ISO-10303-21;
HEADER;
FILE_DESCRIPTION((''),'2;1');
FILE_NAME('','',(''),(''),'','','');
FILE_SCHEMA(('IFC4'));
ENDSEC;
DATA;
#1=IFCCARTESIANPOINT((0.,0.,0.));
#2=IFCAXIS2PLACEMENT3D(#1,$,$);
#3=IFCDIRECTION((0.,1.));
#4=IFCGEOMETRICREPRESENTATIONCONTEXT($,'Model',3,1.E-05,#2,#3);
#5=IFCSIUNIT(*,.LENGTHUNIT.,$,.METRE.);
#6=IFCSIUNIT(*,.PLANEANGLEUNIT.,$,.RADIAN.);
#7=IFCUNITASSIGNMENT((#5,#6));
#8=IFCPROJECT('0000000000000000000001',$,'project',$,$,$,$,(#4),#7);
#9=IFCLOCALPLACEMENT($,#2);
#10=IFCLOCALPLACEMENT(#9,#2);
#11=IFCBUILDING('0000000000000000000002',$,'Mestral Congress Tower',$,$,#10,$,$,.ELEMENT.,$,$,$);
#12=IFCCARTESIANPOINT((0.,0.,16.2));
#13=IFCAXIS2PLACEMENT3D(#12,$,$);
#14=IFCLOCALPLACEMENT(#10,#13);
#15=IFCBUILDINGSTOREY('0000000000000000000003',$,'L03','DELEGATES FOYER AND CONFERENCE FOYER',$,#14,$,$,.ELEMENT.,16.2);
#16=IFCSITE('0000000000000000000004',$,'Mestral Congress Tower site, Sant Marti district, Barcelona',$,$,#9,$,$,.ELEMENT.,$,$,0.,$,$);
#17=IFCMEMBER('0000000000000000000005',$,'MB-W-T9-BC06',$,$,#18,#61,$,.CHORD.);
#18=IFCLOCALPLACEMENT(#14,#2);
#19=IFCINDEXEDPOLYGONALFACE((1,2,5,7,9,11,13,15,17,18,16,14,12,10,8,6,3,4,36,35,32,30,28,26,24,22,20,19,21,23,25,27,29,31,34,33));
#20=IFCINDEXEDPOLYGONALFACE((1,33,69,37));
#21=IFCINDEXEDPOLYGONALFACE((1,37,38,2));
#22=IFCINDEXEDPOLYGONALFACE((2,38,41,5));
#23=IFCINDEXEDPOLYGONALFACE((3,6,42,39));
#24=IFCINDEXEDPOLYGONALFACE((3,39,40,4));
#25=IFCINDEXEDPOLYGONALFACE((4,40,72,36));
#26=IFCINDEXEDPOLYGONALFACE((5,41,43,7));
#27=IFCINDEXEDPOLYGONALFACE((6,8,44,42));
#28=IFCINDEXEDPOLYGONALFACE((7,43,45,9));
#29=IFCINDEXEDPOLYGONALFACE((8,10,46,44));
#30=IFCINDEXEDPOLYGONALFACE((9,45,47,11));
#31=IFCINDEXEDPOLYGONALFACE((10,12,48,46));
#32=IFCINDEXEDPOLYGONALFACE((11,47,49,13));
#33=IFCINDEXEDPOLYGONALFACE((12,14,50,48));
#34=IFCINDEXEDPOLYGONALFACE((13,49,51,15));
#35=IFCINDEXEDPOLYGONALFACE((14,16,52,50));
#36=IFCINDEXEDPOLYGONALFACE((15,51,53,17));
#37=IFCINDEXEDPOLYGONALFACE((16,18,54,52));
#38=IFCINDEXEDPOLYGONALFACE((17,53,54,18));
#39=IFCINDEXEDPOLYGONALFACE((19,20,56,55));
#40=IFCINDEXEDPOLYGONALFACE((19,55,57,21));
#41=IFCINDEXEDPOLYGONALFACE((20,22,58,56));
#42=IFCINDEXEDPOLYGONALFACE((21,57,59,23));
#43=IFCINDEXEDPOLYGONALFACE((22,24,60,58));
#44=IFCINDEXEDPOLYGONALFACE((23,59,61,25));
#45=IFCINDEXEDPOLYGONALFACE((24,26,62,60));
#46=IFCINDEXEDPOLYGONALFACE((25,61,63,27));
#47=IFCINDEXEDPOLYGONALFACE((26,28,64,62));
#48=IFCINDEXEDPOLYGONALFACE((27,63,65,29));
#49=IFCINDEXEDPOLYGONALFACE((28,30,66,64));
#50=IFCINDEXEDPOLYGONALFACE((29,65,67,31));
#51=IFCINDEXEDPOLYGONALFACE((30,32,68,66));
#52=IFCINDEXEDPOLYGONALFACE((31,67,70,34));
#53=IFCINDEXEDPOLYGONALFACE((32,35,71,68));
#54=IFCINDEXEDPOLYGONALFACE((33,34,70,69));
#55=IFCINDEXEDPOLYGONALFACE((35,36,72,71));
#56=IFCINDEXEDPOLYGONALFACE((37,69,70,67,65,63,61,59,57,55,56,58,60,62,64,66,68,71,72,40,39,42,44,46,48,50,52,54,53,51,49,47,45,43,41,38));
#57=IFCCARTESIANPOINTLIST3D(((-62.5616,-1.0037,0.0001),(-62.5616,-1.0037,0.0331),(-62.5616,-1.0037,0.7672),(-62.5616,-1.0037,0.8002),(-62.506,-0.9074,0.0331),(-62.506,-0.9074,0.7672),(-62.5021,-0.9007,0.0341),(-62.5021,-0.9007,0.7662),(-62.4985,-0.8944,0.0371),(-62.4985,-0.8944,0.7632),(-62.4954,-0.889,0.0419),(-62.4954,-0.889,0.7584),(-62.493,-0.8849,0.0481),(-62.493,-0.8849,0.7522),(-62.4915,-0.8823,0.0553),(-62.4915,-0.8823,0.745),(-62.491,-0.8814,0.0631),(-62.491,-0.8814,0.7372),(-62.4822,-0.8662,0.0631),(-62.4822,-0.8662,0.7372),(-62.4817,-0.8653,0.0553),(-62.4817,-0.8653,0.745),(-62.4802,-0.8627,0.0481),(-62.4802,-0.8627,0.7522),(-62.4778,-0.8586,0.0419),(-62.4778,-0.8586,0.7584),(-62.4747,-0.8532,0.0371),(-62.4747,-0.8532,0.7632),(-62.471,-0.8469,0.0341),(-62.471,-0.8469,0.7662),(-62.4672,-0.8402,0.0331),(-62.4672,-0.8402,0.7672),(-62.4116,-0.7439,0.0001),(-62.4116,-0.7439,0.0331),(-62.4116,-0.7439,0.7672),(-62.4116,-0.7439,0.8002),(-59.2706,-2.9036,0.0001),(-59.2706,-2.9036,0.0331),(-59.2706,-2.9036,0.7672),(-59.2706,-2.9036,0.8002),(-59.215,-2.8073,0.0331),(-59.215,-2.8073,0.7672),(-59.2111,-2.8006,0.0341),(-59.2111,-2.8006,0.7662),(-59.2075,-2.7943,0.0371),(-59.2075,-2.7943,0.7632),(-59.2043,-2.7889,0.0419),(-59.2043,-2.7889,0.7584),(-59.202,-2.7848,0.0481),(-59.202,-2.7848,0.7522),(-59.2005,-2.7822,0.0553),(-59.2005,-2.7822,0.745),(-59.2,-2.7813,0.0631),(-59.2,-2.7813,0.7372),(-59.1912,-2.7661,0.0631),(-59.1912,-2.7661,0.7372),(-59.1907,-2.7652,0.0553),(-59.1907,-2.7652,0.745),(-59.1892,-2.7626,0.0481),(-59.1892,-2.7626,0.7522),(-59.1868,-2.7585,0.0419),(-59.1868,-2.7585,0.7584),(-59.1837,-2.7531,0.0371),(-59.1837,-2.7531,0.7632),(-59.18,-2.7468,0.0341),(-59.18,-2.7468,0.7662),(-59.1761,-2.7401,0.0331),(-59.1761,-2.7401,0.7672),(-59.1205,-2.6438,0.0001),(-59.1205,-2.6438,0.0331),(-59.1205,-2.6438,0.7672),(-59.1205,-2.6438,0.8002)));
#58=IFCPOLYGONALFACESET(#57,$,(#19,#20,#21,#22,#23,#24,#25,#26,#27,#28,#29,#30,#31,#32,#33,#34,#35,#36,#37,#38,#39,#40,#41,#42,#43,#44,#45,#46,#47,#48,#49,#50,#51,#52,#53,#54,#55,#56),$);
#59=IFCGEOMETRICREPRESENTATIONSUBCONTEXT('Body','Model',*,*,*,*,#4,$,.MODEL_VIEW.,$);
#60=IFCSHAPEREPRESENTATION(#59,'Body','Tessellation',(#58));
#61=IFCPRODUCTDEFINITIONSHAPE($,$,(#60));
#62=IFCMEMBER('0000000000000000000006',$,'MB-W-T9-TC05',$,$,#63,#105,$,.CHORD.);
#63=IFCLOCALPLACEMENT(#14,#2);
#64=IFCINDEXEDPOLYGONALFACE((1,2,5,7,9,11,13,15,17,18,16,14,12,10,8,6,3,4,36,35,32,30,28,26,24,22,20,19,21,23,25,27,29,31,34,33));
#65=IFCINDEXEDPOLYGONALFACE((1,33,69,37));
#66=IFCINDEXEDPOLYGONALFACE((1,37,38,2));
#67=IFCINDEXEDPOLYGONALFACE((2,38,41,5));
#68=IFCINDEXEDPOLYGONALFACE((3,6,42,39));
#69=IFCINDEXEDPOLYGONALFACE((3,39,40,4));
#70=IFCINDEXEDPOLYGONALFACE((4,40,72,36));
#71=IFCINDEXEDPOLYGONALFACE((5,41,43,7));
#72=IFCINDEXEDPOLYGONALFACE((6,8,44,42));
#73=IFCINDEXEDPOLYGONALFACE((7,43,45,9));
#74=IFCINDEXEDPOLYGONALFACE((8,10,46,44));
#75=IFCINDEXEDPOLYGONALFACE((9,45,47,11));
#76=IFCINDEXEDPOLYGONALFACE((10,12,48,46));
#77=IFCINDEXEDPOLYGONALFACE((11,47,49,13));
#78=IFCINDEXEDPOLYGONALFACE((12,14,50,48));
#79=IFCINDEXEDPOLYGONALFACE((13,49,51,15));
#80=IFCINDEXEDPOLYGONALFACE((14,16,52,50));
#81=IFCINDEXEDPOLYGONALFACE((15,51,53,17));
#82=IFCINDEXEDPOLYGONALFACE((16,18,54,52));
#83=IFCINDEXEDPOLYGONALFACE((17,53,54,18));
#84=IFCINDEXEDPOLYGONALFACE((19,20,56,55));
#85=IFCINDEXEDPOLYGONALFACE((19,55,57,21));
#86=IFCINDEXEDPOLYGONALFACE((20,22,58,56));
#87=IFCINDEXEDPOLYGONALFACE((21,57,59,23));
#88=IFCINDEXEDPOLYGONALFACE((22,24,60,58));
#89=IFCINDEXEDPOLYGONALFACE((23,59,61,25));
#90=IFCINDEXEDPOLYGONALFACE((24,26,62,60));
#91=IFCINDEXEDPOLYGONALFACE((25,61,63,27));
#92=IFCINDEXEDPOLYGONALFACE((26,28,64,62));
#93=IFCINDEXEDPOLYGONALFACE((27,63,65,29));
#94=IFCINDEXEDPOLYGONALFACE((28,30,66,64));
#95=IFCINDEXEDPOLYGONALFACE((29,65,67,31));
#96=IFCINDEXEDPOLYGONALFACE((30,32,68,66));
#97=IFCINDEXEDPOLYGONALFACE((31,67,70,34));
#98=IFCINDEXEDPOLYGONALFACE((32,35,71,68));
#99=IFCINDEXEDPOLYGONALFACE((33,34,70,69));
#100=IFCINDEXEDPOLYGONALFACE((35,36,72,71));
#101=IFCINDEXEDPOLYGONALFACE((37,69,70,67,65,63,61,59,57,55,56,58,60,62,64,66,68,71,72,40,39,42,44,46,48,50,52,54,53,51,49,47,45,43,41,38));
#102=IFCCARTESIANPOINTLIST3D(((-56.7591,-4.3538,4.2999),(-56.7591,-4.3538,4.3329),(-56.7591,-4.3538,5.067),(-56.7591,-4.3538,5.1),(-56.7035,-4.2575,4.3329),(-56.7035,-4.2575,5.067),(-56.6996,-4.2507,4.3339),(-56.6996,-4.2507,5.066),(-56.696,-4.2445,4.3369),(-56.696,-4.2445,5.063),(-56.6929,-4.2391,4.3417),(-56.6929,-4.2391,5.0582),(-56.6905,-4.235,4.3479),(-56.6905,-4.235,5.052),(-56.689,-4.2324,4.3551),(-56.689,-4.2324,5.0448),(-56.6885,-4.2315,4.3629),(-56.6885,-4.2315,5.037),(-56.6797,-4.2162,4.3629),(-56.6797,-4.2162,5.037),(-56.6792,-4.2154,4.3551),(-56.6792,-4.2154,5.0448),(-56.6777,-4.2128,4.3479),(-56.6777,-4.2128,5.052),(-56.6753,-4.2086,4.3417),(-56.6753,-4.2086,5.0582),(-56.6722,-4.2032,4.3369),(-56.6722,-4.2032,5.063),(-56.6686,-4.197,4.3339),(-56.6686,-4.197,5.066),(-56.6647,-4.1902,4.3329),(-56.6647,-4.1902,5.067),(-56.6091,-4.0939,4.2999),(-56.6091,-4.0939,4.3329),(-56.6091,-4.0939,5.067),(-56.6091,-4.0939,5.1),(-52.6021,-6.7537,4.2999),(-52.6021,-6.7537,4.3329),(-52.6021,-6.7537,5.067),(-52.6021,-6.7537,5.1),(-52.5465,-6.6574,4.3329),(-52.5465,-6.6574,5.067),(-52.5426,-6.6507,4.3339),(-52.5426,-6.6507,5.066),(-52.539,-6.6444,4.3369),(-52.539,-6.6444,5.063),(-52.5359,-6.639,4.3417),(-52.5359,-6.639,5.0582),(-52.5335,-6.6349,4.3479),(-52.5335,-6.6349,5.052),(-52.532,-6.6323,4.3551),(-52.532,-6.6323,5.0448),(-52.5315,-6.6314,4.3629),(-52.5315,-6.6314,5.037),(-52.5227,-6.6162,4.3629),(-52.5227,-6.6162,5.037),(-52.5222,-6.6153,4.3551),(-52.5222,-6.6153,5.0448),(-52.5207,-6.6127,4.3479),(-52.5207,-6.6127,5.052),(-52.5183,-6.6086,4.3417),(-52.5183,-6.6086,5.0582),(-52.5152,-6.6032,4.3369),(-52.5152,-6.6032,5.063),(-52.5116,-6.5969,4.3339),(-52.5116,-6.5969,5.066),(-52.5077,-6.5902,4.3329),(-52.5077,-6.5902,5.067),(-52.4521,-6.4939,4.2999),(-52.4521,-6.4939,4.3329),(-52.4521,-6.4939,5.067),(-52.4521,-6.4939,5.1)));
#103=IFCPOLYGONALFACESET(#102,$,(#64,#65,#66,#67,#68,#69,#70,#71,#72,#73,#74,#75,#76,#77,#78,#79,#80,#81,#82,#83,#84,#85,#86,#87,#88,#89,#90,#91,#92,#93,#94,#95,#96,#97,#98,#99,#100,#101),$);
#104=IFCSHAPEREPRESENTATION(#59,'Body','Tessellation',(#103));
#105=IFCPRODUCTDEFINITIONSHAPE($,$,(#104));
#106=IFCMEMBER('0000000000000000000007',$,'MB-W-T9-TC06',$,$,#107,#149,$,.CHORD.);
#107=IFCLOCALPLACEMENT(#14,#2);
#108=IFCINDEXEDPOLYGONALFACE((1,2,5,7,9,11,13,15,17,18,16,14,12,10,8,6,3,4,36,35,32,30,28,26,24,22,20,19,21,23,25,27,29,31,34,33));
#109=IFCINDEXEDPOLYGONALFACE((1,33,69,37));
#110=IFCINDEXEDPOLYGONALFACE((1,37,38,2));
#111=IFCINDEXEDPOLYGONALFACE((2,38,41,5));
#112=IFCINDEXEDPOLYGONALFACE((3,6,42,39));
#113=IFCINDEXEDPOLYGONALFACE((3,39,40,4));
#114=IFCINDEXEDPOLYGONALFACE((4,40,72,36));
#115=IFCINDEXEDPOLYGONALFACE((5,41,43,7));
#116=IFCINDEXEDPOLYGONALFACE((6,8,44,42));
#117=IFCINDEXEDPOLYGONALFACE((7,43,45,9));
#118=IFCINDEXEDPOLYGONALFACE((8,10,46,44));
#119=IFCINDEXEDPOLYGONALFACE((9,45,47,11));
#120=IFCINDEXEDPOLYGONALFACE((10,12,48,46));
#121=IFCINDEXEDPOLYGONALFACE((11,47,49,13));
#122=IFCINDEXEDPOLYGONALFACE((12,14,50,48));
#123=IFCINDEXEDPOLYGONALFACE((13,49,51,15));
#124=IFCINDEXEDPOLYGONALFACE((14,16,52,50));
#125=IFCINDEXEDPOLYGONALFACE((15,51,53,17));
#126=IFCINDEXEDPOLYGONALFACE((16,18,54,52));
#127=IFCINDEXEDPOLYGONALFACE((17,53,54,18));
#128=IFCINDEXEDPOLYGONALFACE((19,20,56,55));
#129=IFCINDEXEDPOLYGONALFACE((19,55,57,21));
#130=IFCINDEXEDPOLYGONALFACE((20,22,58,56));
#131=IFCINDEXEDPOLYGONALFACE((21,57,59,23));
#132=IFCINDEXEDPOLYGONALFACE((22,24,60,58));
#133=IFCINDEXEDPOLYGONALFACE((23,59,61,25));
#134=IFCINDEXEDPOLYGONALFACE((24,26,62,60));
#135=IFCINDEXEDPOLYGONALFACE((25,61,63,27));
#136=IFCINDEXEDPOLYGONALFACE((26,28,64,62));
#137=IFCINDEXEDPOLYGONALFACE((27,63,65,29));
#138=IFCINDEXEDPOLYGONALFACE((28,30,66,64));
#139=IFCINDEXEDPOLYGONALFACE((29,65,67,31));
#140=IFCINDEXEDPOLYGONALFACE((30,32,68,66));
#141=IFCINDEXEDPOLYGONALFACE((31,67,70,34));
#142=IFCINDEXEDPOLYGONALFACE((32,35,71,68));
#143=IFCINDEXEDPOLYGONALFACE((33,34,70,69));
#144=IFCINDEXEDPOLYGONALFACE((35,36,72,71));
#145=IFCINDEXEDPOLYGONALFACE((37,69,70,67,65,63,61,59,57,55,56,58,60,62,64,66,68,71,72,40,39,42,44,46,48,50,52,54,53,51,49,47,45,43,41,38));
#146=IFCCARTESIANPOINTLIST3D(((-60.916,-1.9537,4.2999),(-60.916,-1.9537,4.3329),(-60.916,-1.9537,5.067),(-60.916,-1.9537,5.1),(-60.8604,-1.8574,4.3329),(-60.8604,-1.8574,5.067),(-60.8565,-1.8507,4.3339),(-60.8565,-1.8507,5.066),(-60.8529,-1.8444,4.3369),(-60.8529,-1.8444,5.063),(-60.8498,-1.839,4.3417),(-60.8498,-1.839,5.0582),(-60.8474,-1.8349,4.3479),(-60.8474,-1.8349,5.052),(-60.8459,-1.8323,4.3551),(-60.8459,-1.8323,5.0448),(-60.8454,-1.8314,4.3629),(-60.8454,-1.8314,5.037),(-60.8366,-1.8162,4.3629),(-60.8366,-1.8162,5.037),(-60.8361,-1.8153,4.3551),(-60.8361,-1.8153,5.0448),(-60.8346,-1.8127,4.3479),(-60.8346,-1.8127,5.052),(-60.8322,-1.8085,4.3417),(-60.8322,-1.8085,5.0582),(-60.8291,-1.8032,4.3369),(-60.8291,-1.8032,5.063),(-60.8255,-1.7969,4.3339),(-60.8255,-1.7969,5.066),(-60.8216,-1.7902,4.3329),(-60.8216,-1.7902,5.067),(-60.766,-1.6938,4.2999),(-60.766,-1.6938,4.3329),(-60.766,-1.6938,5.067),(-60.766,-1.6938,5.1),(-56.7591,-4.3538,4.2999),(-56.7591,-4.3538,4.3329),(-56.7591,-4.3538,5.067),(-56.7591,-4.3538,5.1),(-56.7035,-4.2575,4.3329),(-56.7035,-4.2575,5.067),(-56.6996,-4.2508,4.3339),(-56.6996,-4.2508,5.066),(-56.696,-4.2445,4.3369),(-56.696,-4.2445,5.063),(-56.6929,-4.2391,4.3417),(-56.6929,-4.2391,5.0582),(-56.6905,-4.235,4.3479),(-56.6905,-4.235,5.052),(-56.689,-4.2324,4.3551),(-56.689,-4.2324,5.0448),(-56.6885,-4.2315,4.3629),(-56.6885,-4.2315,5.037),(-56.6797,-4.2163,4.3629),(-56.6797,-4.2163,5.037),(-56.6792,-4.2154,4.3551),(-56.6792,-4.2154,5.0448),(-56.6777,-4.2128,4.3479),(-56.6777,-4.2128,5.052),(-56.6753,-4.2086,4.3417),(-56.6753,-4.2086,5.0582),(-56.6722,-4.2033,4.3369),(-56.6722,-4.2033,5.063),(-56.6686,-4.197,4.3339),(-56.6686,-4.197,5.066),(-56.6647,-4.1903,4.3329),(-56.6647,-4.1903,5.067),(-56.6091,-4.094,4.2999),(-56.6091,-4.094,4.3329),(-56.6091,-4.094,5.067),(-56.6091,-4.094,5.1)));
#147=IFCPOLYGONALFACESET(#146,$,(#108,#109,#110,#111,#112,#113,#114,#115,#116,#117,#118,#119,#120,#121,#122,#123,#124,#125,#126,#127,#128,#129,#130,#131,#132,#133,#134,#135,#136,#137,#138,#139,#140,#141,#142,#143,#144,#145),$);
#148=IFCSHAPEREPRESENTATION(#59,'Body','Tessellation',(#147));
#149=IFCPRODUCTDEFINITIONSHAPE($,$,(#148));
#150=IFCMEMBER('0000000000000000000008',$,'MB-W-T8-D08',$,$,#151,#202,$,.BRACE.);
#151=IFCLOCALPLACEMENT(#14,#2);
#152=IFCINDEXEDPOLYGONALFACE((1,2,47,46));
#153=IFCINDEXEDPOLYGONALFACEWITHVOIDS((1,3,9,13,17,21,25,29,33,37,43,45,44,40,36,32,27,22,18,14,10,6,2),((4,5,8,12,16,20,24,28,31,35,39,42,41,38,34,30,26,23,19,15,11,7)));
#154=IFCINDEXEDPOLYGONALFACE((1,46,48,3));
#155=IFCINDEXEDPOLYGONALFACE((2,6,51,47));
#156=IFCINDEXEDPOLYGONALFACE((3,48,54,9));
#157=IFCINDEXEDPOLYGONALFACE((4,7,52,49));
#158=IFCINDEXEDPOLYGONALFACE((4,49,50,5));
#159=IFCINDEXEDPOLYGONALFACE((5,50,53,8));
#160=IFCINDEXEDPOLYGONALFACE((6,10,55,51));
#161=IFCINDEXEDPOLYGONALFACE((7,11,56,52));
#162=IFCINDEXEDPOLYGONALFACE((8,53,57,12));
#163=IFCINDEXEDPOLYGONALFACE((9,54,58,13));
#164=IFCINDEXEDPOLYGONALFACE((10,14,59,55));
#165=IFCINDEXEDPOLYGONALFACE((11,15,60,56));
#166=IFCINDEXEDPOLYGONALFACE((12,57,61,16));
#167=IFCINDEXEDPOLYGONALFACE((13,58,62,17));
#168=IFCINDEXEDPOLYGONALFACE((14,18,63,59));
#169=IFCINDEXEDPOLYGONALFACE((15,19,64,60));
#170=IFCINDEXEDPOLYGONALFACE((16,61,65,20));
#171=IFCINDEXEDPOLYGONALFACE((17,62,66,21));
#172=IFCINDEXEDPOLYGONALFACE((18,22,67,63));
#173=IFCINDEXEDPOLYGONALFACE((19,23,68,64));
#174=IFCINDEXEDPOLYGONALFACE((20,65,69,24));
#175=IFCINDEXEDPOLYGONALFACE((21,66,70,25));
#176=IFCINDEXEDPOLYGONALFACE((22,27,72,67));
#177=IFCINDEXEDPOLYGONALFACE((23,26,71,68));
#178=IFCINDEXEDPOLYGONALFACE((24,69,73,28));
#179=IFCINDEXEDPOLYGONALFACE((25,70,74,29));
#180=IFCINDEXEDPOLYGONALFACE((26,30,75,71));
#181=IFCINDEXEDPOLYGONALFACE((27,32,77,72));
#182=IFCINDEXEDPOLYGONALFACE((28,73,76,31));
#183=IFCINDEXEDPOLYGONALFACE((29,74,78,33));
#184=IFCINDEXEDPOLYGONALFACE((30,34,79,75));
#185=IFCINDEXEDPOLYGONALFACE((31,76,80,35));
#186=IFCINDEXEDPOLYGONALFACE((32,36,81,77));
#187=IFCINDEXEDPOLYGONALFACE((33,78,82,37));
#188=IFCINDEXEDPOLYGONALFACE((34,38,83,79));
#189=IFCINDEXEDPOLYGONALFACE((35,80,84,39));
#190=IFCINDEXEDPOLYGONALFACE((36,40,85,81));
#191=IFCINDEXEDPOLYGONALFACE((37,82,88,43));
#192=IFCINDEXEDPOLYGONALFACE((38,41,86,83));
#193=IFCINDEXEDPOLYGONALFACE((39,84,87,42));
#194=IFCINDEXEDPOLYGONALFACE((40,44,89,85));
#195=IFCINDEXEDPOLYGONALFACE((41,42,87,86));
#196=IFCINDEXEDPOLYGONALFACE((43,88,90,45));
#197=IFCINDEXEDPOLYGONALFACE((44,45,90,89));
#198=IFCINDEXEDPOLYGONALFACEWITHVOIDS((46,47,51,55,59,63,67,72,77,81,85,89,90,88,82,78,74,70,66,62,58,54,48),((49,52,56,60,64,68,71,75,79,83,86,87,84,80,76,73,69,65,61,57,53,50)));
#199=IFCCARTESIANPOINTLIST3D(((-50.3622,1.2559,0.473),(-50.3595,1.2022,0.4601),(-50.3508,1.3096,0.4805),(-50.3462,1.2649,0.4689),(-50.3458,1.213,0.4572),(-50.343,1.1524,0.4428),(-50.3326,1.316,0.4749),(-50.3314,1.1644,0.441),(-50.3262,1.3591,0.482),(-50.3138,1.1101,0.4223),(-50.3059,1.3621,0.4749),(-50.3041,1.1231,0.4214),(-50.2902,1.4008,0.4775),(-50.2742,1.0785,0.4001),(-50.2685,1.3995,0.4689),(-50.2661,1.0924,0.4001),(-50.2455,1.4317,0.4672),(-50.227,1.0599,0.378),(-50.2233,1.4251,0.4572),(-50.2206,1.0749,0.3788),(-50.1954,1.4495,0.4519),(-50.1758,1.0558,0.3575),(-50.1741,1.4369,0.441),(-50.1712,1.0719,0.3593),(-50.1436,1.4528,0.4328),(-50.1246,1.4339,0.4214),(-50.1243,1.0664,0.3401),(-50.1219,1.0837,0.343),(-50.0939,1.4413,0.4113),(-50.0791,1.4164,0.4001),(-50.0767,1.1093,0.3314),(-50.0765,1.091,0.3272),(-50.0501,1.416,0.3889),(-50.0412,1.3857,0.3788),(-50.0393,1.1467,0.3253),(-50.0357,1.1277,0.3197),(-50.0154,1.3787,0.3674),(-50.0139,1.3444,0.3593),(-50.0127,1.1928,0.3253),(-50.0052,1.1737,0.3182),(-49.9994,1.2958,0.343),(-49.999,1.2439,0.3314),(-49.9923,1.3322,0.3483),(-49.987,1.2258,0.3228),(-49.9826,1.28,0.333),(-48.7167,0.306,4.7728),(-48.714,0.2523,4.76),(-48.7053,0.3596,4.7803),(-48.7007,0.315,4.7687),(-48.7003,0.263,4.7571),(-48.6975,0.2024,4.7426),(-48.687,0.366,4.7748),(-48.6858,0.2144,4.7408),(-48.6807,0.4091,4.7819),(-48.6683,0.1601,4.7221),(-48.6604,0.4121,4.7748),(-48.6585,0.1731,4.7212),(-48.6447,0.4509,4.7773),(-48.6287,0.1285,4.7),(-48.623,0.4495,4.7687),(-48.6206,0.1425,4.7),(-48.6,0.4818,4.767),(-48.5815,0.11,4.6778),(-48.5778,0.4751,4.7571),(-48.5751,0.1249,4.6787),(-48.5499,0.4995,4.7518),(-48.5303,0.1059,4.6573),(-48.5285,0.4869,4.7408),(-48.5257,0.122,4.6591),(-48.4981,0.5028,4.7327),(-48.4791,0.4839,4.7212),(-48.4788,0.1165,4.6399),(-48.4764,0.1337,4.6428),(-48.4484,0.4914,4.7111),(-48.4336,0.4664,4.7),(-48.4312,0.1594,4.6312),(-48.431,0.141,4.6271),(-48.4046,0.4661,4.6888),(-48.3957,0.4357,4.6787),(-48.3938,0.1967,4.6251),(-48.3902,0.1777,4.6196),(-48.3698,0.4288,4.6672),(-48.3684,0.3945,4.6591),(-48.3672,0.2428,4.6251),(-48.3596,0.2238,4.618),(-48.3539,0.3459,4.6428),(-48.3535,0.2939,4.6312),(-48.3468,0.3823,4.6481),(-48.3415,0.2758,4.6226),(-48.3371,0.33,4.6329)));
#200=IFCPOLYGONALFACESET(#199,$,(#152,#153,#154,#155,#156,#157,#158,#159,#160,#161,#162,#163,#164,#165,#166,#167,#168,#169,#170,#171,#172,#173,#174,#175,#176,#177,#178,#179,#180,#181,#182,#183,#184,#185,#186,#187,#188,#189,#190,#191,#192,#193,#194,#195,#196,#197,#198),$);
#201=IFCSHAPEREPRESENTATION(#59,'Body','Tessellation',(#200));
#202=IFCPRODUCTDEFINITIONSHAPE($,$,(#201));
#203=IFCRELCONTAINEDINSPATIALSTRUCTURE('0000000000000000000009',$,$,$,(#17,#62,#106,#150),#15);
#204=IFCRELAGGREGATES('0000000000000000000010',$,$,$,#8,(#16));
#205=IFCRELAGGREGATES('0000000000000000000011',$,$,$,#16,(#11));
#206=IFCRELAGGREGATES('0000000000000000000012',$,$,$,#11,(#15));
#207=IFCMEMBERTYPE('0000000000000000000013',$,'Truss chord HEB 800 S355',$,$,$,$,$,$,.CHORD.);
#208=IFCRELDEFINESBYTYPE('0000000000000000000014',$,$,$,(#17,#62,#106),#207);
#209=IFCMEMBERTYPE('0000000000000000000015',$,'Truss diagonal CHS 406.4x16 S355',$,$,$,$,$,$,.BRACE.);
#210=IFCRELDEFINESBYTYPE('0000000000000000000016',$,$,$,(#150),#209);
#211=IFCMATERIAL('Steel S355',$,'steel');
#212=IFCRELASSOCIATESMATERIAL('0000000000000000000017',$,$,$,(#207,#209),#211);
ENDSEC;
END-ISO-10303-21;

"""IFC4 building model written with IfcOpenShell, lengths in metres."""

from ifc_helpers import new_model, si_unit, direction, frame, origin, origin_2d, place, context, subcontext, project, spatial, hollow_circle, i_section, extrude, material, material_profile, profile_set, type_object, element, save


model = new_model("IFC4")

# Units and contexts
model_context = context("Model", 3, precision=1e-05, world=origin(), true_north=direction((0.0, 1.0)))
body_context = subcontext(model_context, "Body", "Model", "MODEL_VIEW")
ifc_project = project(units=[si_unit("LENGTHUNIT", "METRE"), si_unit("PLANEANGLEUNIT", "RADIAN")], contexts=[model_context])

# Site, building, storey
site_placement = place(None, origin())
site = spatial("IfcSite", under=ifc_project, at=site_placement, Name="Mestral Congress Tower site, Sant Marti district, Barcelona", CompositionType="ELEMENT", RefElevation=0.0)
building_placement = place(site_placement, origin())
building = spatial("IfcBuilding", under=site, at=building_placement, Name="Mestral Congress Tower", CompositionType="ELEMENT")
storey_placement = place(building_placement, frame((0.0, 0.0, 16.2)))
storey = spatial("IfcBuildingStorey", under=building, at=storey_placement, Name="L03", Description="DELEGATES FOYER AND CONFERENCE FOYER", CompositionType="ELEMENT", Elevation=16.2)

# Shared definitions
ifc_material_1 = material(Name="Steel S355", Category="steel")

# Members
ifc_material_profile_1 = material_profile(ifc_material_1, i_section(OverallWidth=0.3, OverallDepth=0.8, WebThickness=0.0176, FlangeThickness=0.033, FilletRadius=0.03, at=origin_2d()), Name="HEB 800")
ifc_profile_set_1 = profile_set([ifc_material_profile_1], Name="Steel S355")
member_type_1 = type_object("IfcMemberType", Name="Truss chord HEB 800 S355", PredefinedType="CHORD", material=ifc_profile_set_1)
member_1_placement = place(storey_placement, frame((-59.1956, -2.7737, 0.4001), z_axis=(-0.866044, 0.499967, 0.0), x_axis=(-0.499967, -0.866044, 0.0)))
element("IfcMember", 1, at=member_1_placement, inside=storey, type_object=member_type_1, Name="MB-W-T9-BC06", PredefinedType="CHORD", context=body_context, shape_type="SweptSolid", body=[
    extrude(i_section(OverallWidth=0.3, OverallDepth=0.8, WebThickness=0.0176, FlangeThickness=0.033, FilletRadius=0.03, at=origin_2d()), origin(), (0.0, 0.0, 1.0), 3.8),
])
for number, where, z_axis, x_axis, name in (
    (2, (-52.5271, -6.6238, 4.7), (-0.866037, 0.499979, 0.0), (-0.499979, -0.866037, 0.0), "MB-W-T9-TC05"),
    (3, (-56.6841, -4.2239, 4.7), (-0.866015, 0.500017, 0.0), (-0.500017, -0.866015, 0.0), "MB-W-T9-TC06"),
):
    element("IfcMember", number, at=place(storey_placement, frame(where, z_axis=z_axis, x_axis=x_axis)), inside=storey, type_object=member_type_1, Name=name, PredefinedType="CHORD", context=body_context, shape_type="SweptSolid", body=[
        extrude(i_section(OverallWidth=0.3, OverallDepth=0.8, WebThickness=0.0176, FlangeThickness=0.033, FilletRadius=0.03, at=origin_2d()), origin(), (0.0, 0.0, 1.0), 4.8),
    ])
ifc_material_profile_2 = material_profile(ifc_material_1, hollow_circle(Radius=0.2031, WallThickness=0.0161, at=origin_2d()), Name="CHS 406.4x16")
ifc_profile_set_2 = profile_set([ifc_material_profile_2], Name="Steel S355")
member_type_2 = type_object("IfcMemberType", Name="Truss diagonal CHS 406.4x16 S355", PredefinedType="BRACE", material=ifc_profile_set_2)
member_2_placement = place(storey_placement, frame((-48.5271, 0.3044, 4.7), z_axis=(-0.350041, 0.202079, -0.914678), x_axis=(-0.499967, -0.866044, 0.0)))
element("IfcMember", 4, at=member_2_placement, inside=storey, type_object=member_type_2, Name="MB-W-T8-D08", PredefinedType="BRACE", context=body_context, shape_type="SweptSolid", body=[
    extrude(hollow_circle(Radius=0.2031, WallThickness=0.0161, at=origin_2d()), origin(), (0.0, 0.0, 1.0), 4.7009),
])

save(model, "model.ifc")
